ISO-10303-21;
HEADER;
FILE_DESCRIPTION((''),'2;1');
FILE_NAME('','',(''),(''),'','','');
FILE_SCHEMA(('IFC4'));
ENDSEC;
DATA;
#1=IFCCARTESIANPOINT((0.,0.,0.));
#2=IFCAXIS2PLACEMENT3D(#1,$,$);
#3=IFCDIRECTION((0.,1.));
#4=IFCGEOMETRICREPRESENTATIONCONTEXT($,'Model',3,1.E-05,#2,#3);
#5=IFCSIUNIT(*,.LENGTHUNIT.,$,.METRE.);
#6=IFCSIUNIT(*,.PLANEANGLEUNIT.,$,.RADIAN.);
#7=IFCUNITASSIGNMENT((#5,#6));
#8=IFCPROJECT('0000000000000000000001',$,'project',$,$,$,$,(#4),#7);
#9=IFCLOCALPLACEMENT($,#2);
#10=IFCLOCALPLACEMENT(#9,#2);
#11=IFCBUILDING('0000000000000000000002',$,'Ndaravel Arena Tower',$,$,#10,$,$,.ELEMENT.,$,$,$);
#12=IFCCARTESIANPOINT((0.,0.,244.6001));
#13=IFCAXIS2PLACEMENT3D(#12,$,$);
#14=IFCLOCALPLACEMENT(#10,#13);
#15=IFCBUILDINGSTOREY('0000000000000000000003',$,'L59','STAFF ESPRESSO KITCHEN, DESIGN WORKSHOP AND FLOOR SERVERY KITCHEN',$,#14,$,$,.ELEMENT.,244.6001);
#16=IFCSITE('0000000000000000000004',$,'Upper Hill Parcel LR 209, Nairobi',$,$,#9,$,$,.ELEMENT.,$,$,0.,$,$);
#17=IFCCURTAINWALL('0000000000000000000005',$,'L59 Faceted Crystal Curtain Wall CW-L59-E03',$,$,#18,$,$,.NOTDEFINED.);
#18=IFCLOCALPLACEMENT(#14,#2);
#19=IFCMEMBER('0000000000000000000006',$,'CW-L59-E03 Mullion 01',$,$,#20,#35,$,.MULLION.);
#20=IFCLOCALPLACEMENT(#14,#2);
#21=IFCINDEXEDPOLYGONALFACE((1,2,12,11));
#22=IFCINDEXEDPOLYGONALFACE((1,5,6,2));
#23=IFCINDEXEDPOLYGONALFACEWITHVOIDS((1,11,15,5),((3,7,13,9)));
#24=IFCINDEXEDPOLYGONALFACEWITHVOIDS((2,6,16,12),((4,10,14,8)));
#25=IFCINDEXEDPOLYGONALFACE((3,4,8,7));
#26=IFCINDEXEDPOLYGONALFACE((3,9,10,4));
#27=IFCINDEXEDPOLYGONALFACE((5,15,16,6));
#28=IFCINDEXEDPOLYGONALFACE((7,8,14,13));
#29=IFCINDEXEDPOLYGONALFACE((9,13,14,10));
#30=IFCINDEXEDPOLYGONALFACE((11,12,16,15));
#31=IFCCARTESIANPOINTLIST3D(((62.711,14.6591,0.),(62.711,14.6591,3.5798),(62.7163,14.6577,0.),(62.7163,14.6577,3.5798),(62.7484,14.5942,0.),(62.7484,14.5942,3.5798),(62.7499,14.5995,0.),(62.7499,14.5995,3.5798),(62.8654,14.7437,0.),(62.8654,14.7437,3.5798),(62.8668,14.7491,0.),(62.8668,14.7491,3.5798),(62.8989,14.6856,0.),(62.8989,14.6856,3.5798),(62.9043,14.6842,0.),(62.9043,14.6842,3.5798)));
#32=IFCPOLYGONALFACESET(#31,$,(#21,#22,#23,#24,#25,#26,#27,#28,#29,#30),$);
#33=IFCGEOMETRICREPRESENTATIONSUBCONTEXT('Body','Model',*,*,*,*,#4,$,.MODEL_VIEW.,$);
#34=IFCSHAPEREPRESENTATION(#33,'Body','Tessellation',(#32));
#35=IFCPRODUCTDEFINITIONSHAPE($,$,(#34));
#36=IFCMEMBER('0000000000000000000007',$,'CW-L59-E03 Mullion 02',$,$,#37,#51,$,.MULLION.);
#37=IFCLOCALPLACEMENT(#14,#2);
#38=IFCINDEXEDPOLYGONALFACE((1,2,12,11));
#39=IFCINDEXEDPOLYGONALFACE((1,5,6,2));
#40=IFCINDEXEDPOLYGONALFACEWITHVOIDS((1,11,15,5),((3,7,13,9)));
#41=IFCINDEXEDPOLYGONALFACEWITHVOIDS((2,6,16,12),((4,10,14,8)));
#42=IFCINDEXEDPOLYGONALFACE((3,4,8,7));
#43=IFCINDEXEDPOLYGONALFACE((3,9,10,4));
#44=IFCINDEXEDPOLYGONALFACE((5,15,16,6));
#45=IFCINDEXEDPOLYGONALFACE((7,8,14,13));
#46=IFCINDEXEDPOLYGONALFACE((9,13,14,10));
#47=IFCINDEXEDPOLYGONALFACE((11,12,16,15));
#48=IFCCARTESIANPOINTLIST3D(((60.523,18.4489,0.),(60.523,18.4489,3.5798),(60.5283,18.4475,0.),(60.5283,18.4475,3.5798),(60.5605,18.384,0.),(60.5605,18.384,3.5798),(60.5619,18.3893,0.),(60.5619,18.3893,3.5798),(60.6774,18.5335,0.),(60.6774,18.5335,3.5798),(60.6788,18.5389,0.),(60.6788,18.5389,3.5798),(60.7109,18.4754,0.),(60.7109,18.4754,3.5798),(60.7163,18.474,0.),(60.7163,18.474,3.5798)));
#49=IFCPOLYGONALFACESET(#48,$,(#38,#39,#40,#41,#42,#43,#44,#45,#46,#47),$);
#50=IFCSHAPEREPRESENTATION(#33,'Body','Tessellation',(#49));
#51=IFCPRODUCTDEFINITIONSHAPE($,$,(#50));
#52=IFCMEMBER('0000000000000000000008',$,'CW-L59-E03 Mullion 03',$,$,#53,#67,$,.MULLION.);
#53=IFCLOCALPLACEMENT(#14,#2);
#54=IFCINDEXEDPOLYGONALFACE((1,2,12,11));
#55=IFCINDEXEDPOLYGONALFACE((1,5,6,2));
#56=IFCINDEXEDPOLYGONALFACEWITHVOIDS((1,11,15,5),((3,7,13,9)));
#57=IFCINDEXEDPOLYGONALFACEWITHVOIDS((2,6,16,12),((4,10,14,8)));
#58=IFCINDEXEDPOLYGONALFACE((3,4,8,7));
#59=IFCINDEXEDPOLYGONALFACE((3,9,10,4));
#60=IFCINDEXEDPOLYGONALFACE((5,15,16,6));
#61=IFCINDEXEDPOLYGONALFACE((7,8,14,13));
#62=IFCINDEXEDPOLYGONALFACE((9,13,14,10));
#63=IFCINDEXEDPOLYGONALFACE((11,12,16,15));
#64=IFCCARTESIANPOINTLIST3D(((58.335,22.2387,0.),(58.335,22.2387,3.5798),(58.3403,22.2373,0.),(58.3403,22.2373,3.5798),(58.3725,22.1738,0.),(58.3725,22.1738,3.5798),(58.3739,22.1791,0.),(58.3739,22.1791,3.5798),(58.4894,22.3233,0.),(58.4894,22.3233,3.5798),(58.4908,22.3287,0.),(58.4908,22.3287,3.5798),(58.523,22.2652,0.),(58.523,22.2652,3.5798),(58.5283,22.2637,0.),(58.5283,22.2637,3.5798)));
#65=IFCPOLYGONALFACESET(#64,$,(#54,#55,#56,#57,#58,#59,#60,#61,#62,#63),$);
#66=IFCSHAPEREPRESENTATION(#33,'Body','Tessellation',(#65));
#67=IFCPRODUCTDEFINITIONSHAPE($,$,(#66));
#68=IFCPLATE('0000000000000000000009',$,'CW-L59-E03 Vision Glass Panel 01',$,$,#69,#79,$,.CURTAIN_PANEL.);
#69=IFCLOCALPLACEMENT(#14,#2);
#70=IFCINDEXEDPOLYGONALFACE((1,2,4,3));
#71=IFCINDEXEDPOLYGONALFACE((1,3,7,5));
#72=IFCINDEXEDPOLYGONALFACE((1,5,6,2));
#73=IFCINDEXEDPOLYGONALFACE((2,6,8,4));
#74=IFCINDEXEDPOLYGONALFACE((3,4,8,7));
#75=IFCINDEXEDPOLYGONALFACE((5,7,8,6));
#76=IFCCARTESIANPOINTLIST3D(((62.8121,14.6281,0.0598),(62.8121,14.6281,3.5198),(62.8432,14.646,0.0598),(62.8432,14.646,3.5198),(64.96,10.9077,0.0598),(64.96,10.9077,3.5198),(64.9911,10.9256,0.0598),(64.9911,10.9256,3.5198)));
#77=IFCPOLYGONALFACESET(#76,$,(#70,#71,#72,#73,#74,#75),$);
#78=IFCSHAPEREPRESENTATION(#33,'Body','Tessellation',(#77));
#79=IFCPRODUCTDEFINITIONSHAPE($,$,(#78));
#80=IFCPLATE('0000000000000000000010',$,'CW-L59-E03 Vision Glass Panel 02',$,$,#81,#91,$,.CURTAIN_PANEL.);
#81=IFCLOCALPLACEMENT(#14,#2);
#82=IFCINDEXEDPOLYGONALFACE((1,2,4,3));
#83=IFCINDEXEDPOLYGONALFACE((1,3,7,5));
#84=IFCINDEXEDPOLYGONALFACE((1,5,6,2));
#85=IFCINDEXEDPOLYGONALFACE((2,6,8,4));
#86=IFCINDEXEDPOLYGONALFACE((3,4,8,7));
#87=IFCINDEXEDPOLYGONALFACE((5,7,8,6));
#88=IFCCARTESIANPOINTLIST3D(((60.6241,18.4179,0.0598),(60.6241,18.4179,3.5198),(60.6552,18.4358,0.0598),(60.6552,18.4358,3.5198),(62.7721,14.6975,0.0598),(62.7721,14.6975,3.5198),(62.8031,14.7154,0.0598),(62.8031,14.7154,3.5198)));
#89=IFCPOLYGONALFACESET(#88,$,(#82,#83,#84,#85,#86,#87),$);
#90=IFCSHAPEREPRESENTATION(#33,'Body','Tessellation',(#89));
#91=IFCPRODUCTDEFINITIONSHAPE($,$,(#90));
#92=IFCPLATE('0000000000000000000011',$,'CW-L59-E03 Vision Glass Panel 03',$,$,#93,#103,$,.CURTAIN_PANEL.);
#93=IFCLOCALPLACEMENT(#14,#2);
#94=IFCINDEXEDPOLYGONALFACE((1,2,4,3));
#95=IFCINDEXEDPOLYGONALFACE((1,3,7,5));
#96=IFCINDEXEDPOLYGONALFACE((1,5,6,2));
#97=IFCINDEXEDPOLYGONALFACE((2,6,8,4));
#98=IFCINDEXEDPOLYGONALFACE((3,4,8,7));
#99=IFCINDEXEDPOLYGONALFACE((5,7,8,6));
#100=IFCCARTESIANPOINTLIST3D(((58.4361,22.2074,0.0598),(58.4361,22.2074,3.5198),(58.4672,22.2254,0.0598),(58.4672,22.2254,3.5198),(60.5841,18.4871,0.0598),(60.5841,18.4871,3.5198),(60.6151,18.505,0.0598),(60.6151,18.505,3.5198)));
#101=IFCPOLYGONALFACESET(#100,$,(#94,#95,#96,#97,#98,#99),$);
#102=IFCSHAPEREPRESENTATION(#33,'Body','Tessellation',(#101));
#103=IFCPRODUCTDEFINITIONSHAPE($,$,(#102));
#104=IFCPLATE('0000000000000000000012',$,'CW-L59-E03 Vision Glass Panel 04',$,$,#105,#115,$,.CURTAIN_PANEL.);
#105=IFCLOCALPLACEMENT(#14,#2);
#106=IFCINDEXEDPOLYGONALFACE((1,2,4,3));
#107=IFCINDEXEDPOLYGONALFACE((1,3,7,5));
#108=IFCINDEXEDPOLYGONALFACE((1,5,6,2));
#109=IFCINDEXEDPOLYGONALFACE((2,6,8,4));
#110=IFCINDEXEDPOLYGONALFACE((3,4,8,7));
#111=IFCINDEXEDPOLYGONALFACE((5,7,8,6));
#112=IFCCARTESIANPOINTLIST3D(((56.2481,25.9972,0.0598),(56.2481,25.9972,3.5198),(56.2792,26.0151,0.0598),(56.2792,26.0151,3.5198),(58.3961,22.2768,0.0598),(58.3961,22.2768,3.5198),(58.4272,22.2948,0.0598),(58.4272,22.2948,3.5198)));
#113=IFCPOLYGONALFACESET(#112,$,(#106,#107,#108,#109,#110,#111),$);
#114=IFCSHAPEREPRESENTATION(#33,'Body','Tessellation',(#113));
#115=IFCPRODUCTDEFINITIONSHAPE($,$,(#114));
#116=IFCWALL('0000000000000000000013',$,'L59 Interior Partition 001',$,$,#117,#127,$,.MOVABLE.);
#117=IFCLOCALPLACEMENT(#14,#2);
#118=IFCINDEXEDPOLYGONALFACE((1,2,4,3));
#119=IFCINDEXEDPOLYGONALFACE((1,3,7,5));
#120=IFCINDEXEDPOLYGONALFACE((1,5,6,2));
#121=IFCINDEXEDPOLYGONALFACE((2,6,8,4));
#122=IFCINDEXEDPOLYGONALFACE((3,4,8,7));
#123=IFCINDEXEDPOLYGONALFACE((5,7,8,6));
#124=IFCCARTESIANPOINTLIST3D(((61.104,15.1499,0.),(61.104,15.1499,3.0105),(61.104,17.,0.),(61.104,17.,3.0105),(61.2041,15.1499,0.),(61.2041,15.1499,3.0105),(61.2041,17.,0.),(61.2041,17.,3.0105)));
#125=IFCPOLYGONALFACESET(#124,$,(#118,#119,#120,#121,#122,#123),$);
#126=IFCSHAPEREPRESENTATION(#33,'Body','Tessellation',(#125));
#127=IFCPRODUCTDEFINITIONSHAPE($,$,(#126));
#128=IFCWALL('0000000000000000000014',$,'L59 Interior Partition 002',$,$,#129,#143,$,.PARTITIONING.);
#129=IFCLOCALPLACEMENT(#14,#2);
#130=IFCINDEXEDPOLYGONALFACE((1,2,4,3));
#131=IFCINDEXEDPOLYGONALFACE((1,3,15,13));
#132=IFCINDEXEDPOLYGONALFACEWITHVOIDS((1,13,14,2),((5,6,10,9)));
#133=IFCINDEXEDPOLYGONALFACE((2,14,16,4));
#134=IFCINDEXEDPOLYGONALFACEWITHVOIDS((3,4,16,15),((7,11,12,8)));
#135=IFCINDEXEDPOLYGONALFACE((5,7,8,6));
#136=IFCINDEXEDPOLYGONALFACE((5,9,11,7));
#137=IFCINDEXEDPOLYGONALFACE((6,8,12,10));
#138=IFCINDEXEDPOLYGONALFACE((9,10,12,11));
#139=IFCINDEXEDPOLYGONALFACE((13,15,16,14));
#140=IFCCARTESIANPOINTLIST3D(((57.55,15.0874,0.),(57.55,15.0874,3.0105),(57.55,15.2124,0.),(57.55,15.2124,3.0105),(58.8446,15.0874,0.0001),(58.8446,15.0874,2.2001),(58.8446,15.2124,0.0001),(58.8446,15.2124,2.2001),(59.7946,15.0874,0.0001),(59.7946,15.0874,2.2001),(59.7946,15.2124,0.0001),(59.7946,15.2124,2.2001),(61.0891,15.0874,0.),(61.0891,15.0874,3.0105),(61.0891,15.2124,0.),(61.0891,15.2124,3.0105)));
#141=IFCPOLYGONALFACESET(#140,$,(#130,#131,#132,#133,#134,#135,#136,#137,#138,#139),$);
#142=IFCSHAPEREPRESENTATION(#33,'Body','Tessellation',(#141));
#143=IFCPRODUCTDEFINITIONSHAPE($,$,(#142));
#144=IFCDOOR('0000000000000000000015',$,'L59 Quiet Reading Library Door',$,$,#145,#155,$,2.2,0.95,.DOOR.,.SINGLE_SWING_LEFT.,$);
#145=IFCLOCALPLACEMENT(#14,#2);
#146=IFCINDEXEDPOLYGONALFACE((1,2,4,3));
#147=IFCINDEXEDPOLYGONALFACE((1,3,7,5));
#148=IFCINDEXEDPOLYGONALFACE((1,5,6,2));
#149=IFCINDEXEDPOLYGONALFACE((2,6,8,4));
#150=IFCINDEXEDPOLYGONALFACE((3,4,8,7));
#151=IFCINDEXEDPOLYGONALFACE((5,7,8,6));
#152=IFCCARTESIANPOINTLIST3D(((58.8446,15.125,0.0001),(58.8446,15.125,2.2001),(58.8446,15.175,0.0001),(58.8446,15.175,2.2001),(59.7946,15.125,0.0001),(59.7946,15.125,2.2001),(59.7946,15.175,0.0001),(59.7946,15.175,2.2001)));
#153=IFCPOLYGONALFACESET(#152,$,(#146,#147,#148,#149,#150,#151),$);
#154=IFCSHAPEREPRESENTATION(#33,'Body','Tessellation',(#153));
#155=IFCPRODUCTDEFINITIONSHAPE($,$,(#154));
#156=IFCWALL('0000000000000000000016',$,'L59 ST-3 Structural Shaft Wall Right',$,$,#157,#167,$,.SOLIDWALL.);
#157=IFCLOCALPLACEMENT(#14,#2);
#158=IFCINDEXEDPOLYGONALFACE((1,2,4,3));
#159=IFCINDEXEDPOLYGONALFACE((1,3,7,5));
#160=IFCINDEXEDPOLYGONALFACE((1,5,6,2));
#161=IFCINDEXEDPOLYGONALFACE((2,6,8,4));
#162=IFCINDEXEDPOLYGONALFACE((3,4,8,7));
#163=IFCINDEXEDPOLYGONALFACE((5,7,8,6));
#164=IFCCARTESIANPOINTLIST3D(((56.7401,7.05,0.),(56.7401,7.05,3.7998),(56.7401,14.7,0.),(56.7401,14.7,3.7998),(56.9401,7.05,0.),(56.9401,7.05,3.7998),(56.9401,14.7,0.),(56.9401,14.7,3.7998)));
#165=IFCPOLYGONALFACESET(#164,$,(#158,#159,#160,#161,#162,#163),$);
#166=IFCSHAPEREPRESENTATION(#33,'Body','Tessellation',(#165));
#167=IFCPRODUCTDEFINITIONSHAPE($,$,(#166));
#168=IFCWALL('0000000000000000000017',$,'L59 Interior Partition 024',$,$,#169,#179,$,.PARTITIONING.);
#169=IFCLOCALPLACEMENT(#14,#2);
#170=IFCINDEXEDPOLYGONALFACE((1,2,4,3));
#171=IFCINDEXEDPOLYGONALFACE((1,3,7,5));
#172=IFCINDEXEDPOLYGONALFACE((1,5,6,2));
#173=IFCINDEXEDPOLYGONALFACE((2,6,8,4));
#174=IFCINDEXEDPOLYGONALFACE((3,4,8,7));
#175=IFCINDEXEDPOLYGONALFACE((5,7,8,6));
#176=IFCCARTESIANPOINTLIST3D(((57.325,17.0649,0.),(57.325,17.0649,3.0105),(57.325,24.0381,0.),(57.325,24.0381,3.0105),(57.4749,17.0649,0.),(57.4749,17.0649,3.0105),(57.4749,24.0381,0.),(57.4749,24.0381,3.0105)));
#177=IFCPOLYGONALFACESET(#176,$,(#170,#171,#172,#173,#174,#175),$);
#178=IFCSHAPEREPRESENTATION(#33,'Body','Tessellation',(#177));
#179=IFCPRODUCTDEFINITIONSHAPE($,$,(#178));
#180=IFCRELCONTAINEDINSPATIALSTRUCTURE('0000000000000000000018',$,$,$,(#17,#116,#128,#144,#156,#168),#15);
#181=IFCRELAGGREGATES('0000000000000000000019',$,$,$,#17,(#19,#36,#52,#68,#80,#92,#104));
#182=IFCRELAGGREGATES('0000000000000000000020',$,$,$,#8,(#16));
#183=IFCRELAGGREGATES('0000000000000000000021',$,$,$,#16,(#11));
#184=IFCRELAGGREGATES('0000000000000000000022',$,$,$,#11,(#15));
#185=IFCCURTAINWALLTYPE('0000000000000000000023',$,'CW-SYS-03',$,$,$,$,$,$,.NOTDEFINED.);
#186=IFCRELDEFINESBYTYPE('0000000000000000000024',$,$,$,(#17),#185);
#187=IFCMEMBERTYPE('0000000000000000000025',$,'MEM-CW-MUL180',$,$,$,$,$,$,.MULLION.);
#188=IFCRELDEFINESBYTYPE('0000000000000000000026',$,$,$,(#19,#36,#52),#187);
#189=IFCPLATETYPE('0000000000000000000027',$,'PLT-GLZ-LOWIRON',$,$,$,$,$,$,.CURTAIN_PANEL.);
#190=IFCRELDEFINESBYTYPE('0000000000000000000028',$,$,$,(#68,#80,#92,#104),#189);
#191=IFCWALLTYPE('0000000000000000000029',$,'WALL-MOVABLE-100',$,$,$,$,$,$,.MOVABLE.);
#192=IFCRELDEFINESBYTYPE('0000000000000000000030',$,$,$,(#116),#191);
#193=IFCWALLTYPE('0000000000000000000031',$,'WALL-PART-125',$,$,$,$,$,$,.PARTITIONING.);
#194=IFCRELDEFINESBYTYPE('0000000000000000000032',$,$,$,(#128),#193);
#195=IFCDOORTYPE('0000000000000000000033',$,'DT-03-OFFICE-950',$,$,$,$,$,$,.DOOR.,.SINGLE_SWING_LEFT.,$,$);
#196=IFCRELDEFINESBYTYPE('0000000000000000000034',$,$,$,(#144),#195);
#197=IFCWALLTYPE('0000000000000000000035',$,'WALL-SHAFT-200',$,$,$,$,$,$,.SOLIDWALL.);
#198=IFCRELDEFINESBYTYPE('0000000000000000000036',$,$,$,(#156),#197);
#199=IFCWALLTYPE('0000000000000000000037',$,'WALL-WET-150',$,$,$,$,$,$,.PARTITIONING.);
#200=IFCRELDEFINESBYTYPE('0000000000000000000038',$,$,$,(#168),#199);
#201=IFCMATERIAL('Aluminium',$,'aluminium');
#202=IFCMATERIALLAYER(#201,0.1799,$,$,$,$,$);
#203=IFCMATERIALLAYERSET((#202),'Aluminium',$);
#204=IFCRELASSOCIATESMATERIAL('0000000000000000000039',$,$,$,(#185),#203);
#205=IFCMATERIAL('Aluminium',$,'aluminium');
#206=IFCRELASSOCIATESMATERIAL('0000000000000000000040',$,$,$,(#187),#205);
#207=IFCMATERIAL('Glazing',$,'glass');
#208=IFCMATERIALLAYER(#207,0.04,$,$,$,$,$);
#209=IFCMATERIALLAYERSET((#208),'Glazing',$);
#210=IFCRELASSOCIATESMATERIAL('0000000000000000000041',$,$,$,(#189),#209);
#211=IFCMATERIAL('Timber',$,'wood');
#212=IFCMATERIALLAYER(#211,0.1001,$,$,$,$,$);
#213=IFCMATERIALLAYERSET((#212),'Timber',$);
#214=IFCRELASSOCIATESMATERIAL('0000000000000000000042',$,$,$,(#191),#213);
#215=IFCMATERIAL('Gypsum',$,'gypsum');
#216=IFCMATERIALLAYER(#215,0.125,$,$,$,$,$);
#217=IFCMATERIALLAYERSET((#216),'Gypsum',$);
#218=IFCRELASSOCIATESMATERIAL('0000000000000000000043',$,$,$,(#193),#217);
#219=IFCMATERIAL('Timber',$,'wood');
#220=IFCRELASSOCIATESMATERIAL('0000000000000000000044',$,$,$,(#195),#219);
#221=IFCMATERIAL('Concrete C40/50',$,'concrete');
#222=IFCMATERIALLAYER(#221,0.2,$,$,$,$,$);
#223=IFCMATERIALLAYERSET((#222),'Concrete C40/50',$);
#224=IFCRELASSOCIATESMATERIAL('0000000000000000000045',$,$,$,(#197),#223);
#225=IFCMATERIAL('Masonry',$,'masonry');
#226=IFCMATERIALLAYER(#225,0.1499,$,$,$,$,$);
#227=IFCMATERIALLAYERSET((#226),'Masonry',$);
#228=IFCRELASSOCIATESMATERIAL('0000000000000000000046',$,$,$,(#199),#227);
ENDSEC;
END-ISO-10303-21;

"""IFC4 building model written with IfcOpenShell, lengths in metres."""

from ifc_helpers import new_model, si_unit, direction, frame, frame_2d, origin, origin_2d, place, context, subcontext, project, spatial, rectangle, hollow_rectangle, extrude, material, layer, layer_set, material_profile, profile_set, type_object, element, fill, aggregate, save


model = new_model("IFC4")

# Units and contexts
model_context = context("Model", 3, precision=1e-05, world=origin(), true_north=direction((0.0, 1.0)))
body_context = subcontext(model_context, "Body", "Model", "MODEL_VIEW")
ifc_project = project(units=[si_unit("LENGTHUNIT", "METRE"), si_unit("PLANEANGLEUNIT", "RADIAN")], contexts=[model_context])

# Site, building, storey
site_placement = place(None, origin())
site = spatial("IfcSite", under=ifc_project, at=site_placement, Name="Upper Hill Parcel LR 209, Nairobi", CompositionType="ELEMENT", RefElevation=0.0)
building_placement = place(site_placement, origin())
building = spatial("IfcBuilding", under=site, at=building_placement, Name="Ndaravel Arena Tower", CompositionType="ELEMENT")
storey_placement = place(building_placement, frame((0.0, 0.0, 244.6001)))
storey = spatial("IfcBuildingStorey", under=building, at=storey_placement, Name="L59", Description="STAFF ESPRESSO KITCHEN, DESIGN WORKSHOP AND FLOOR SERVERY KITCHEN", CompositionType="ELEMENT", Elevation=244.6001)

# Curtain wall, members, plates
ifc_material_1 = material(Name="Aluminium", Category="aluminium")
ifc_layer_1 = layer(ifc_material_1, 0.1799)
ifc_layer_set_1 = layer_set([ifc_layer_1], Name="Aluminium")
curtain_wall_type = type_object("IfcCurtainWallType", Name="CW-SYS-03", PredefinedType="NOTDEFINED", material=ifc_layer_set_1)
curtain_wall_placement = place(storey_placement, origin())
curtain_wall = element("IfcCurtainWall", 1, at=curtain_wall_placement, inside=storey, type_object=curtain_wall_type, Name="L59 Faceted Crystal Curtain Wall CW-L59-E03", PredefinedType="NOTDEFINED")
ifc_material_2 = material(Name="Aluminium", Category="aluminium")
ifc_material_profile = material_profile(ifc_material_2, hollow_rectangle(XDim=0.075, YDim=0.1799, WallThickness=0.0039, at=origin_2d()), Name="CW MULLION 75x180x4")
ifc_profile_set = profile_set([ifc_material_profile], Name="Aluminium")
member_type = type_object("IfcMemberType", Name="MEM-CW-MUL180", PredefinedType="MULLION", material=ifc_profile_set)
member_1_placement = place(storey_placement, frame((62.8076, 14.6716, 0.0), z_axis=(0.0, 0.0, 1.0), x_axis=(-0.5, 0.866025, 0.0)))
member_1 = element("IfcMember", 2, at=member_1_placement, type_object=member_type, Name="CW-L59-E03 Mullion 01", PredefinedType="MULLION", context=body_context, shape_type="SweptSolid", body=[
    extrude(hollow_rectangle(XDim=0.075, YDim=0.1799, WallThickness=0.0039, at=origin_2d()), origin(), (0.0, 0.0, 1.0), 3.5798),
])
member_2_placement = place(storey_placement, frame((60.6196, 18.4614, 0.0), z_axis=(0.0, 0.0, 1.0), x_axis=(-0.5, 0.866025, 0.0)))
member_2 = element("IfcMember", 3, at=member_2_placement, type_object=member_type, Name="CW-L59-E03 Mullion 02", PredefinedType="MULLION", context=body_context, shape_type="SweptSolid", body=[
    extrude(hollow_rectangle(XDim=0.075, YDim=0.1799, WallThickness=0.0039, at=origin_2d()), origin(), (0.0, 0.0, 1.0), 3.5798),
])
member_3_placement = place(storey_placement, frame((58.4316, 22.2512, 0.0), z_axis=(0.0, 0.0, 1.0), x_axis=(-0.5, 0.866025, 0.0)))
member_3 = element("IfcMember", 4, at=member_3_placement, type_object=member_type, Name="CW-L59-E03 Mullion 03", PredefinedType="MULLION", context=body_context, shape_type="SweptSolid", body=[
    extrude(hollow_rectangle(XDim=0.075, YDim=0.1799, WallThickness=0.0039, at=origin_2d()), origin(), (0.0, 0.0, 1.0), 3.5798),
])
ifc_material_3 = material(Name="Glazing", Category="glass")
ifc_layer_2 = layer(ifc_material_3, 0.04)
ifc_layer_set_2 = layer_set([ifc_layer_2], Name="Glazing")
plate_type = type_object("IfcPlateType", Name="PLT-GLZ-LOWIRON", PredefinedType="CURTAIN_PANEL", material=ifc_layer_set_2)
plate_1_placement = place(storey_placement, frame((63.9016, 12.7769, 0.0598), z_axis=(0.0, 0.0, 1.0), x_axis=(-0.5, 0.866025, 0.0)))
plate_1 = element("IfcPlate", 5, at=plate_1_placement, type_object=plate_type, Name="CW-L59-E03 Vision Glass Panel 01", PredefinedType="CURTAIN_PANEL", context=body_context, shape_type="SweptSolid", body=[
    extrude(rectangle(XDim=4.2959, YDim=0.0359, at=origin_2d()), origin(), (0.0, 0.0, 1.0), 3.46),
])
plate_2_placement = place(storey_placement, frame((61.7136, 16.5667, 0.0598), z_axis=(0.0, 0.0, 1.0), x_axis=(-0.5, 0.866025, 0.0)))
plate_2 = element("IfcPlate", 6, at=plate_2_placement, type_object=plate_type, Name="CW-L59-E03 Vision Glass Panel 02", PredefinedType="CURTAIN_PANEL", context=body_context, shape_type="SweptSolid", body=[
    extrude(rectangle(XDim=4.2959, YDim=0.0359, at=origin_2d()), origin(), (0.0, 0.0, 1.0), 3.46),
])
plate_3_placement = place(storey_placement, frame((59.5256, 20.3562, 0.0598), z_axis=(0.0, 0.0, 1.0), x_axis=(-0.5, 0.866025, 0.0)))
plate_3 = element("IfcPlate", 7, at=plate_3_placement, type_object=plate_type, Name="CW-L59-E03 Vision Glass Panel 03", PredefinedType="CURTAIN_PANEL", context=body_context, shape_type="SweptSolid", body=[
    extrude(rectangle(XDim=4.2959, YDim=0.0359, at=origin_2d()), origin(), (0.0, 0.0, 1.0), 3.46),
])
plate_4_placement = place(storey_placement, frame((57.3376, 24.146, 0.0598), z_axis=(0.0, 0.0, 1.0), x_axis=(-0.5, 0.866025, 0.0)))
plate_4 = element("IfcPlate", 8, at=plate_4_placement, type_object=plate_type, Name="CW-L59-E03 Vision Glass Panel 04", PredefinedType="CURTAIN_PANEL", context=body_context, shape_type="SweptSolid", body=[
    extrude(rectangle(XDim=4.2959, YDim=0.0359, at=origin_2d()), origin(), (0.0, 0.0, 1.0), 3.46),
])
aggregate(curtain_wall, [member_1, member_2, member_3, plate_1, plate_2, plate_3, plate_4])

# Wall
ifc_material_4 = material(Name="Timber", Category="wood")
ifc_layer_3 = layer(ifc_material_4, 0.1001)
ifc_layer_set_3 = layer_set([ifc_layer_3], Name="Timber")
wall_type_1 = type_object("IfcWallType", Name="WALL-MOVABLE-100", PredefinedType="MOVABLE", material=ifc_layer_set_3)
wall_1_placement = place(storey_placement, frame((61.1541, 17.0, 0.0), z_axis=(0.0, 0.0, 1.0), x_axis=(0.0, -1.0, 0.0)))
element("IfcWall", 9, at=wall_1_placement, inside=storey, type_object=wall_type_1, Name="L59 Interior Partition 001", PredefinedType="MOVABLE", context=body_context, shape_type="SweptSolid", body=[
    extrude(rectangle(XDim=1.8501, YDim=0.1001, at=frame_2d((0.925, 0.0))), origin(), (0.0, 0.0, 1.0), 3.0105),
])

# Wall, opening, door
ifc_material_5 = material(Name="Gypsum", Category="gypsum")
ifc_layer_4 = layer(ifc_material_5, 0.125)
ifc_layer_set_4 = layer_set([ifc_layer_4], Name="Gypsum")
wall_type_2 = type_object("IfcWallType", Name="WALL-PART-125", PredefinedType="PARTITIONING", material=ifc_layer_set_4)
wall_2_placement = place(storey_placement, frame((61.0891, 15.1499, 0.0), z_axis=(0.0, 0.0, 1.0), x_axis=(-1.0, 0.0, 0.0)))
wall_2 = element("IfcWall", 10, at=wall_2_placement, inside=storey, type_object=wall_type_2, Name="L59 Interior Partition 002", PredefinedType="PARTITIONING", context=body_context, shape_type="SweptSolid", body=[
    extrude(rectangle(XDim=3.5391, YDim=0.125, at=frame_2d((1.7695, 0.0))), origin(), (0.0, 0.0, 1.0), 3.0105),
])
opening_1_placement = place(wall_2_placement, frame((1.2944, 0.0, 0.0)))
opening_1 = element("IfcOpeningElement", 11, at=opening_1_placement, cuts=wall_2, PredefinedType="OPENING", context=body_context, shape_type="SweptSolid", body=[
    extrude(rectangle(XDim=0.95, YDim=2.2, at=frame_2d((0.4751, 1.1001))), frame((0.0, 0.0625, 0.0), z_axis=(0.0, -1.0, 0.0), x_axis=(1.0, 0.0, 0.0)), (0.0, 0.0, 1.0), 0.125),
])
ifc_material_6 = material(Name="Timber", Category="wood")
door_type_1 = type_object("IfcDoorType", Name="DT-03-OFFICE-950", OperationType="SINGLE_SWING_LEFT", PredefinedType="DOOR", material=ifc_material_6)
door_1_placement = place(opening_1_placement, origin())
door_1 = element("IfcDoor", 12, at=door_1_placement, inside=storey, type_object=door_type_1, Name="L59 Quiet Reading Library Door", OperationType="SINGLE_SWING_LEFT", OverallHeight=2.2, OverallWidth=0.95, PredefinedType="DOOR", context=body_context, shape_type="SweptSolid", body=[
    extrude(rectangle(XDim=0.95, YDim=2.2, at=frame_2d((0.4751, 1.1001))), frame((0.0, 0.0249, 0.0), z_axis=(0.0, -1.0, 0.0), x_axis=(1.0, 0.0, 0.0)), (0.0, 0.0, 1.0), 0.05),
])
fill(opening_1, door_1)

# Wall
ifc_material_7 = material(Name="Concrete C40/50", Category="concrete")
ifc_layer_5 = layer(ifc_material_7, 0.2)
ifc_layer_set_5 = layer_set([ifc_layer_5], Name="Concrete C40/50")
wall_type_3 = type_object("IfcWallType", Name="WALL-SHAFT-200", PredefinedType="SOLIDWALL", material=ifc_layer_set_5)
wall_3_placement = place(storey_placement, frame((56.8401, 14.7, 0.0), z_axis=(0.0, 0.0, 1.0), x_axis=(0.0, -1.0, 0.0)))
element("IfcWall", 13, at=wall_3_placement, inside=storey, type_object=wall_type_3, Name="L59 ST-3 Structural Shaft Wall Right", PredefinedType="SOLIDWALL", context=body_context, shape_type="SweptSolid", body=[
    extrude(rectangle(XDim=7.6499, YDim=0.2, at=frame_2d((3.825, 0.0))), origin(), (0.0, 0.0, 1.0), 3.7998),
])

# Shared definitions
ifc_material_8 = material(Name="Masonry", Category="masonry")
ifc_layer_6 = layer(ifc_material_8, 0.1499)
ifc_layer_set_6 = layer_set([ifc_layer_6], Name="Masonry")
wall_type_4 = type_object("IfcWallType", Name="WALL-WET-150", PredefinedType="PARTITIONING", material=ifc_layer_set_6)

# Wall
wall_4_placement = place(storey_placement, frame((57.3999, 17.0649, 0.0), z_axis=(0.0, 0.0, 1.0), x_axis=(0.0, 1.0, 0.0)))
element("IfcWall", 14, at=wall_4_placement, inside=storey, type_object=wall_type_4, Name="L59 Interior Partition 024", PredefinedType="PARTITIONING", context=body_context, shape_type="SweptSolid", body=[
    extrude(rectangle(XDim=6.9731, YDim=0.1499, at=frame_2d((3.4866, 0.0))), origin(), (0.0, 0.0, 1.0), 3.0105),
])

save(model, "model.ifc")
